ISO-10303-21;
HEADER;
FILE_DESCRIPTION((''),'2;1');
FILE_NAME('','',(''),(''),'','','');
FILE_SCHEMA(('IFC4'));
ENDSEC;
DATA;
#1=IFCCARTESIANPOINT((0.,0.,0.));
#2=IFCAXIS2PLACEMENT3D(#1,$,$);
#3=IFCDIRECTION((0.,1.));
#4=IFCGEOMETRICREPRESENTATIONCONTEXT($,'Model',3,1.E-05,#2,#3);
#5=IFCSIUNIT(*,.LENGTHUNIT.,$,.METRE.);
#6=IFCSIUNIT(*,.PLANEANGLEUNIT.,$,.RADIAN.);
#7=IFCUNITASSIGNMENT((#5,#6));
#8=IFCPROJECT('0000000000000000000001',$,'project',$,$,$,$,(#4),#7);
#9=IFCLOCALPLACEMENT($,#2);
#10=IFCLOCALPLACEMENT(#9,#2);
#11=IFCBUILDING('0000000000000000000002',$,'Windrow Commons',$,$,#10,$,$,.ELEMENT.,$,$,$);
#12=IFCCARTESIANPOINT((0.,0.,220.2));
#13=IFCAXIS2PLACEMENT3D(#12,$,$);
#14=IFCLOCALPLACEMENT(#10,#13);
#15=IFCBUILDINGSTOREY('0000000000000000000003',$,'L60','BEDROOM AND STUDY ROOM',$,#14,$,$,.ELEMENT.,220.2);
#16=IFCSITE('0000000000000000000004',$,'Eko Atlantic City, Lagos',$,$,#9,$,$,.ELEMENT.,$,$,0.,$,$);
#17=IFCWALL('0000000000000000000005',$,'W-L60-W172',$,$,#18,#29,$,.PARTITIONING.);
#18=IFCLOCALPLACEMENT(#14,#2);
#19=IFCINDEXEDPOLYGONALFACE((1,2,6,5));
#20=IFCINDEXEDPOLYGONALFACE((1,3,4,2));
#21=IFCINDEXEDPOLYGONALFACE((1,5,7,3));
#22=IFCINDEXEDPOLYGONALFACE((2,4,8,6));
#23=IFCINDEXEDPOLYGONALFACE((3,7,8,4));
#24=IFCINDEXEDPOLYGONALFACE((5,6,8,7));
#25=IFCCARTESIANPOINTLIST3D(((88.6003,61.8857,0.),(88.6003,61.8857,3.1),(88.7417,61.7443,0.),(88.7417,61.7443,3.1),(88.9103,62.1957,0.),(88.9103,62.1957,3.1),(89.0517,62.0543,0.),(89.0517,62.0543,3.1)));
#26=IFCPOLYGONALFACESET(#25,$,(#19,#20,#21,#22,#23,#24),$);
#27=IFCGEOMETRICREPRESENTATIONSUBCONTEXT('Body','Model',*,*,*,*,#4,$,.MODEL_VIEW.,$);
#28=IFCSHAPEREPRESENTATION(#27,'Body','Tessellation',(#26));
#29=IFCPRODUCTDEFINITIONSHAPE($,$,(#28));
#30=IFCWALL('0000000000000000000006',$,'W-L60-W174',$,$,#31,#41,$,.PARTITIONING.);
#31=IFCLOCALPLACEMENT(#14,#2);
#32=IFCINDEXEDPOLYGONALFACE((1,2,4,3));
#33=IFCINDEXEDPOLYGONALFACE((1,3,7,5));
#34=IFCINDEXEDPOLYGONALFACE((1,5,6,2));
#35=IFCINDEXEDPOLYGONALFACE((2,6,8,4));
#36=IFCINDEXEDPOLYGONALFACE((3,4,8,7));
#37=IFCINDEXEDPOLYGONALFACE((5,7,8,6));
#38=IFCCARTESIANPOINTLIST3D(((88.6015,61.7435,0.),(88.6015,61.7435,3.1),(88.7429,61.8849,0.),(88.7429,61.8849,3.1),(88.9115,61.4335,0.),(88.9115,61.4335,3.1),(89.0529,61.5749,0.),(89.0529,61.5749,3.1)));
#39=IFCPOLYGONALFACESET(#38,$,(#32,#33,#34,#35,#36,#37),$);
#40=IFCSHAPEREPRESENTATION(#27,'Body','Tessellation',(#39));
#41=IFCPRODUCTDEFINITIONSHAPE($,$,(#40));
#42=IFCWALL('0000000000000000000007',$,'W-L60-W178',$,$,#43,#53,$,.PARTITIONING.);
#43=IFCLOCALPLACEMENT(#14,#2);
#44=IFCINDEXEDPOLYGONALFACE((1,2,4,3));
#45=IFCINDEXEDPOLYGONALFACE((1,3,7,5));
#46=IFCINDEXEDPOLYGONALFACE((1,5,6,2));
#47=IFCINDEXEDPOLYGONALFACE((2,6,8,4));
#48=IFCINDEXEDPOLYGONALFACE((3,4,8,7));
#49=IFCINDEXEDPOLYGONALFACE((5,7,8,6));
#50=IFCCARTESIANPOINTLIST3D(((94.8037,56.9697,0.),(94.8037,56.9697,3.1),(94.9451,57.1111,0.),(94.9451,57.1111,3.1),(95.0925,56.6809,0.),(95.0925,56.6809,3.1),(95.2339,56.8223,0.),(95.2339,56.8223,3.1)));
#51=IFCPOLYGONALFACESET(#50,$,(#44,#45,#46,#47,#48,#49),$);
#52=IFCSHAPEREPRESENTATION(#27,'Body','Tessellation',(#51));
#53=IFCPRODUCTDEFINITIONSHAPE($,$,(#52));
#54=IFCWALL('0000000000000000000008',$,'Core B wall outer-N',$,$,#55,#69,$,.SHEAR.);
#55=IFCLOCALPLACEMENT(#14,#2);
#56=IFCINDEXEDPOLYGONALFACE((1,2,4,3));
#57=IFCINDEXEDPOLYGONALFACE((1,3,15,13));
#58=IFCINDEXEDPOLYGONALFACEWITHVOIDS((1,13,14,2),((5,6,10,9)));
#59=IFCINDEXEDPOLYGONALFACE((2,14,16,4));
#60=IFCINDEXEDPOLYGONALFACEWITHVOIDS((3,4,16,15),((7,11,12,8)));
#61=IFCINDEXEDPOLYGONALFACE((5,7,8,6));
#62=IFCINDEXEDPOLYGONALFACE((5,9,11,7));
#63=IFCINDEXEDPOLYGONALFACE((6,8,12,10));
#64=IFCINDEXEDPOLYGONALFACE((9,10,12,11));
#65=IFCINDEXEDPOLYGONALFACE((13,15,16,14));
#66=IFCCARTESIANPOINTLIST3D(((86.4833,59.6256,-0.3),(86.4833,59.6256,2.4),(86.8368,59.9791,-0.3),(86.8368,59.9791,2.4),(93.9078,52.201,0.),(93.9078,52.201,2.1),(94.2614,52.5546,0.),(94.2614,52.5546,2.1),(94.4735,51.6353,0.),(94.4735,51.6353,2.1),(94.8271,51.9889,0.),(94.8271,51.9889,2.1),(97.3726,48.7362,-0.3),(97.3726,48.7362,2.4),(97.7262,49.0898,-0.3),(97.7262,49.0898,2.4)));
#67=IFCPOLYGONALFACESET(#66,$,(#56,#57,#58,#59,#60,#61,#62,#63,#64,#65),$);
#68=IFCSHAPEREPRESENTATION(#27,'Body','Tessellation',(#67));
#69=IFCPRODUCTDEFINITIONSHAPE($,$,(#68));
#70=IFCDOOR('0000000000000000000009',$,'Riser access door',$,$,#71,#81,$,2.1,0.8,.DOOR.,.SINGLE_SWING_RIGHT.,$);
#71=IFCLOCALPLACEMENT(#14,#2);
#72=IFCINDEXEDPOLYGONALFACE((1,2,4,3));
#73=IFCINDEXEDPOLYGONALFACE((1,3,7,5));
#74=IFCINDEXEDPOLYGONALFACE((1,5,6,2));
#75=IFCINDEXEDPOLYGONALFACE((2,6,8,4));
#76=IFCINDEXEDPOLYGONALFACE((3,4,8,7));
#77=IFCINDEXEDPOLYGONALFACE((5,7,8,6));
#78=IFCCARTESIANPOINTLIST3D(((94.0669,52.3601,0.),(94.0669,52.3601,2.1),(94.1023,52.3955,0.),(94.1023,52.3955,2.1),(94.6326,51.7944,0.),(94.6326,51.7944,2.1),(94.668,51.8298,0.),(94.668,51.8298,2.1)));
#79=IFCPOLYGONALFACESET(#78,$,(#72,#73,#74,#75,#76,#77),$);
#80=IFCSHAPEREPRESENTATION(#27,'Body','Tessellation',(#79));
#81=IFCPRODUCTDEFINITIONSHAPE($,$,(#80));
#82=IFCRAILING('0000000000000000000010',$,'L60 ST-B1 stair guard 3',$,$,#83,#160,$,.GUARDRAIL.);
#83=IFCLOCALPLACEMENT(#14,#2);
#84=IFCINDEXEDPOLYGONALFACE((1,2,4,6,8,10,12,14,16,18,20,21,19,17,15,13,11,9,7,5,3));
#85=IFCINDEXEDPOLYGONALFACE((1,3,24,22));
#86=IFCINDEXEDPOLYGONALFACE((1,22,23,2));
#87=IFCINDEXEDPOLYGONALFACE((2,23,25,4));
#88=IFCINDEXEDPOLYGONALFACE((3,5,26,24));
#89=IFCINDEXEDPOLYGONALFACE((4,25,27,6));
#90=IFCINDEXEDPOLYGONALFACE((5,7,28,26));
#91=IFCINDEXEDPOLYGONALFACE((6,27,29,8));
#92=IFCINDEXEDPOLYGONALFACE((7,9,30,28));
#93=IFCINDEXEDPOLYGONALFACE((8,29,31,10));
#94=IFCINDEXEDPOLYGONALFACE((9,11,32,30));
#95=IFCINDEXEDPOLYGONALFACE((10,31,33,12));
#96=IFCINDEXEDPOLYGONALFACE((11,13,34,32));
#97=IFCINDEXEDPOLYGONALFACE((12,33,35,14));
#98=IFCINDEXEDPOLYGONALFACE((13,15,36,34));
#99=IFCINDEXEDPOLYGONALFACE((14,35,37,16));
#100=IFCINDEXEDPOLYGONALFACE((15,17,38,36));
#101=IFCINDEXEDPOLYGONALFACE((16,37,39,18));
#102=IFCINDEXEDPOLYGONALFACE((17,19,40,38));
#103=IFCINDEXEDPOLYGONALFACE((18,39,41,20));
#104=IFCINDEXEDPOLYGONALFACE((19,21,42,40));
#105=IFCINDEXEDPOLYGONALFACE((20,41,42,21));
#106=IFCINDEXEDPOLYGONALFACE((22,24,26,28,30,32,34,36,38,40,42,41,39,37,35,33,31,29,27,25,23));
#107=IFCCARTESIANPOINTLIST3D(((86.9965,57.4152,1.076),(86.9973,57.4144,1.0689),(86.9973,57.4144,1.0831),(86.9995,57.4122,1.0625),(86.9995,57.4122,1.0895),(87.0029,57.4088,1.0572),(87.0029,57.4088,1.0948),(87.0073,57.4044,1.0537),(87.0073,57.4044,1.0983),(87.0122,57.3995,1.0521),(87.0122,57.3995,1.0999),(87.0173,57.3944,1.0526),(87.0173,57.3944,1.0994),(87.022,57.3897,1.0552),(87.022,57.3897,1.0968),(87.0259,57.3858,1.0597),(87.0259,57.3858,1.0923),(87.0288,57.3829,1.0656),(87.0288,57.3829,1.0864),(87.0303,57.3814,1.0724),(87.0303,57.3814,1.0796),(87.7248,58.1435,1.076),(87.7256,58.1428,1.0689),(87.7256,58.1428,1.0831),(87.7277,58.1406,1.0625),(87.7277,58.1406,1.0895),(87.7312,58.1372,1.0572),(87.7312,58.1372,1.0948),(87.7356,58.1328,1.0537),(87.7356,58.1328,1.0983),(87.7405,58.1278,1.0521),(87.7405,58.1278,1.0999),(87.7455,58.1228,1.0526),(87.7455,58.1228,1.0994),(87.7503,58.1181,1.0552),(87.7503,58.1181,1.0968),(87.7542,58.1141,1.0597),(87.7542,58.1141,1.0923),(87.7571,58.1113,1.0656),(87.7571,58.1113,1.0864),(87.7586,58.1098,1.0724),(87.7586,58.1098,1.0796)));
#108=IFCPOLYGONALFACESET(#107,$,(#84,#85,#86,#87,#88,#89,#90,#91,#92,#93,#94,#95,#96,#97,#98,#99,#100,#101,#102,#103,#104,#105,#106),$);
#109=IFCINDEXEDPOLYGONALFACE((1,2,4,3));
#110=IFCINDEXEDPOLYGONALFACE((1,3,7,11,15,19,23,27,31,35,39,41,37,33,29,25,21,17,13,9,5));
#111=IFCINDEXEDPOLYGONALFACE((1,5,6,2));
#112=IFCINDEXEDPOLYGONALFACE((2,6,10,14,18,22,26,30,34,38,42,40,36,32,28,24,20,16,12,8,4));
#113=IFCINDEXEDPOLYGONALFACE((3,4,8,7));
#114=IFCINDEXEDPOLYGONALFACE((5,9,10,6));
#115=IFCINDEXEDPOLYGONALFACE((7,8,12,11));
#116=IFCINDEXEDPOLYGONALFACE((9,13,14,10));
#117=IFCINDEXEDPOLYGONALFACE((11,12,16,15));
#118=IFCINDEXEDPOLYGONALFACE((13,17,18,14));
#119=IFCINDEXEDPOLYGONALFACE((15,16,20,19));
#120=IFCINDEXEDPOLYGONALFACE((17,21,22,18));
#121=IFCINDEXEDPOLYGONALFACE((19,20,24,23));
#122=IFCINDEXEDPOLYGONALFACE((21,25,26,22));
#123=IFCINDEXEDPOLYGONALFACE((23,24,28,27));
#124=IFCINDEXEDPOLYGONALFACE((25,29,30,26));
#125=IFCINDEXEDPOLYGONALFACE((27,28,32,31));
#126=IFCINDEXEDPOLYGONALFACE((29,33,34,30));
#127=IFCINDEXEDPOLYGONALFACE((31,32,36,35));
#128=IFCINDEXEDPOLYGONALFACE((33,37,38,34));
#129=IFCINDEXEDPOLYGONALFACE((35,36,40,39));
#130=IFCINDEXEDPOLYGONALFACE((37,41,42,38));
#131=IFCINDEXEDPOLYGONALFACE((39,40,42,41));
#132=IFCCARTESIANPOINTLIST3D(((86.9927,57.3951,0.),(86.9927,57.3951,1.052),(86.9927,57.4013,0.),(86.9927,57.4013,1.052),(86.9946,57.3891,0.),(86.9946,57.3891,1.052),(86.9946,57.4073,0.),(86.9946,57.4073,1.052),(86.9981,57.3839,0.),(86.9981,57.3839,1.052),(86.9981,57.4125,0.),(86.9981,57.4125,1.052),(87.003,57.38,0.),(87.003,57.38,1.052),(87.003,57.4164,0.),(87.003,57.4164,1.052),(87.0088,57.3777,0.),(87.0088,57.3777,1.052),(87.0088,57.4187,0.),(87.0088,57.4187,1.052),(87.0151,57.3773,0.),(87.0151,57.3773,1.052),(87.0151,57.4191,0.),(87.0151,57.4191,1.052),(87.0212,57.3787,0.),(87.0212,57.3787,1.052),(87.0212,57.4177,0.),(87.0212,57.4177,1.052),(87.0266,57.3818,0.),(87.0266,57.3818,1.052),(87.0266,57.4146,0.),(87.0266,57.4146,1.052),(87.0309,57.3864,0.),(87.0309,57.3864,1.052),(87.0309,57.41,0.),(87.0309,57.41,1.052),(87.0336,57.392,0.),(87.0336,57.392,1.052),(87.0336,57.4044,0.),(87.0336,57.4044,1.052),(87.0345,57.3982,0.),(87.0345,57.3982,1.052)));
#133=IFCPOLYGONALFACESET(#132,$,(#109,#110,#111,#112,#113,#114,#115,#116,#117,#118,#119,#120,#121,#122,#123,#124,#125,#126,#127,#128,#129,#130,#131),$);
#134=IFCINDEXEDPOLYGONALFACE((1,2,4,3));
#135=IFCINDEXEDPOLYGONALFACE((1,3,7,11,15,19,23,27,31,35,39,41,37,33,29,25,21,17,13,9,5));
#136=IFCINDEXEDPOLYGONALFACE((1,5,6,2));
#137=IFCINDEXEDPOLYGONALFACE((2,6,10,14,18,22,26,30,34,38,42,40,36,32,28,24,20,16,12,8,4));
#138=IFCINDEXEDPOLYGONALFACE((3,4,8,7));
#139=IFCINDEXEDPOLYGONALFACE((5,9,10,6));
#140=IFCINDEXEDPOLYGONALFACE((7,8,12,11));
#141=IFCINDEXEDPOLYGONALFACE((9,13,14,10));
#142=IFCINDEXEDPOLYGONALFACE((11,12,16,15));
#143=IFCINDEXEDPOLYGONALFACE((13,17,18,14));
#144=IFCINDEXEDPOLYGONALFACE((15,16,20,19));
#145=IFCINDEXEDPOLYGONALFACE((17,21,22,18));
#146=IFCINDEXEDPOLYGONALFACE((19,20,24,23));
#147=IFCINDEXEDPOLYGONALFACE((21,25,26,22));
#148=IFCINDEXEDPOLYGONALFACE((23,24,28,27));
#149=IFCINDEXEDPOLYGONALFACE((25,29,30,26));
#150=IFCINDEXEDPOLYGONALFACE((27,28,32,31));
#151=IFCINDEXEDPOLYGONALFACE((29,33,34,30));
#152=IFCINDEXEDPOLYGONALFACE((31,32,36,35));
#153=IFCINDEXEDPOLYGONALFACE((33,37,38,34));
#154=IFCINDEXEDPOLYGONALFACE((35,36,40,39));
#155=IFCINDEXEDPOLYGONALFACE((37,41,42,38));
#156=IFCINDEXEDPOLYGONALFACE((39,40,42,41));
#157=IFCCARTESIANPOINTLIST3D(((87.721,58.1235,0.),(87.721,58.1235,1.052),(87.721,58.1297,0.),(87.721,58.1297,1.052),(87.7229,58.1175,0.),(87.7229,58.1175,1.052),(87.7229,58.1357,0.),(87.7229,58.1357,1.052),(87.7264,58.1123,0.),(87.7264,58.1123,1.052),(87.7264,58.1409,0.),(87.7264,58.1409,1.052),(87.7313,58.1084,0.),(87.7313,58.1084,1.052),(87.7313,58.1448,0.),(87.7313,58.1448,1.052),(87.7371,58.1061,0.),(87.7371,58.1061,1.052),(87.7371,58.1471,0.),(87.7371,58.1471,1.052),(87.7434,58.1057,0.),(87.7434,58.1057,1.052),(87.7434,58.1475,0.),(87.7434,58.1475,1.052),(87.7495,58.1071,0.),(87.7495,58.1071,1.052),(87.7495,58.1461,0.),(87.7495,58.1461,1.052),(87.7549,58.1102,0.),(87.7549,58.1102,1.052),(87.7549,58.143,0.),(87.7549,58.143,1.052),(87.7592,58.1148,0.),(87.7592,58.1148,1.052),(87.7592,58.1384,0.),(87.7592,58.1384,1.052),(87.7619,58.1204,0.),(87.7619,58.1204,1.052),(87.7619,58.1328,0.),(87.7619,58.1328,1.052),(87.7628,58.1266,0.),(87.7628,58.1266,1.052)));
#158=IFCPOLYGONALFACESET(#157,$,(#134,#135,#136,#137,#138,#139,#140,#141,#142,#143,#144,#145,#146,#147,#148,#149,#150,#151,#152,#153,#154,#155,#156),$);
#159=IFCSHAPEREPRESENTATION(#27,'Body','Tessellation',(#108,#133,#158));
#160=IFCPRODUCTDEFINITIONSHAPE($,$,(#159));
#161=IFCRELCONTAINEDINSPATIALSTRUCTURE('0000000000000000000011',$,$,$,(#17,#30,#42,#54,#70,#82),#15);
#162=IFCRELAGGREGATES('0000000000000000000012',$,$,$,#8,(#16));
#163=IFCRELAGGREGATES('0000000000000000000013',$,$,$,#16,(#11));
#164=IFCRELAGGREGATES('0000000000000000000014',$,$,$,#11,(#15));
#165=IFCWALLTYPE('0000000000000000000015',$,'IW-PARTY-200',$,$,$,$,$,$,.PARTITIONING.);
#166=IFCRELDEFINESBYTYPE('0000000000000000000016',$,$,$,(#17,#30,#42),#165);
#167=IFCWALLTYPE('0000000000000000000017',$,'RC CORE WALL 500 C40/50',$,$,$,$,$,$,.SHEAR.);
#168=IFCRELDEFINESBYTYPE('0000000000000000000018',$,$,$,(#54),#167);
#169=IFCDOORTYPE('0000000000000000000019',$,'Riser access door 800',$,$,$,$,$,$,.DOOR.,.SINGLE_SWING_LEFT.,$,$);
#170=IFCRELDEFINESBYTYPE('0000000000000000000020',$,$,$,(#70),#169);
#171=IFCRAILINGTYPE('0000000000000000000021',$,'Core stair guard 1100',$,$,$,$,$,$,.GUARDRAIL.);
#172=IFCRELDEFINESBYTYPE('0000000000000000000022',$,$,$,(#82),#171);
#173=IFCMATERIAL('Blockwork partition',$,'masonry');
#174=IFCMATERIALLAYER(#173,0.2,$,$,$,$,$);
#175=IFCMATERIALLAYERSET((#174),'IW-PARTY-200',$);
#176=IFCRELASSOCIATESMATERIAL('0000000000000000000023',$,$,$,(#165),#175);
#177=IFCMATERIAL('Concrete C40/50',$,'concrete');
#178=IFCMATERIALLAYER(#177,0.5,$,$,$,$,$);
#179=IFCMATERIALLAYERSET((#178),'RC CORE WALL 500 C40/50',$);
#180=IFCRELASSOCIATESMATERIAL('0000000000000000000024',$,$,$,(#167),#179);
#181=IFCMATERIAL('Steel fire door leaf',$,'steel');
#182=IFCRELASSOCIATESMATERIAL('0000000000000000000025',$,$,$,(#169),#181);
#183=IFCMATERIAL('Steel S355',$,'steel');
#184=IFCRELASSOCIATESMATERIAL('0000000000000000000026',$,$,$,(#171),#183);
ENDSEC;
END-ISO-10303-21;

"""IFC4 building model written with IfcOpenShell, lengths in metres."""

from ifc_helpers import new_model, si_unit, direction, frame, frame_2d, origin, origin_2d, place, context, subcontext, project, spatial, rectangle, circle, extrude, material, layer, layer_set, type_object, element, fill, save


model = new_model("IFC4")

# Units and contexts
model_context = context("Model", 3, precision=1e-05, world=origin(), true_north=direction((0.0, 1.0)))
body_context = subcontext(model_context, "Body", "Model", "MODEL_VIEW")
ifc_project = project(units=[si_unit("LENGTHUNIT", "METRE"), si_unit("PLANEANGLEUNIT", "RADIAN")], contexts=[model_context])

# Site, building, storey
site_placement = place(None, origin())
site = spatial("IfcSite", under=ifc_project, at=site_placement, Name="Eko Atlantic City, Lagos", CompositionType="ELEMENT", RefElevation=0.0)
building_placement = place(site_placement, origin())
building = spatial("IfcBuilding", under=site, at=building_placement, Name="Windrow Commons", CompositionType="ELEMENT")
storey_placement = place(building_placement, frame((0.0, 0.0, 220.2)))
storey = spatial("IfcBuildingStorey", under=building, at=storey_placement, Name="L60", Description="BEDROOM AND STUDY ROOM", CompositionType="ELEMENT", Elevation=220.2)

# Walls
ifc_material_1 = material(Name="Blockwork partition", Category="masonry")
ifc_layer_1 = layer(ifc_material_1, 0.2)
ifc_layer_set_1 = layer_set([ifc_layer_1], Name="IW-PARTY-200")
wall_type_1 = type_object("IfcWallType", Name="IW-PARTY-200", PredefinedType="PARTITIONING", material=ifc_layer_set_1)
for number, where, z_axis, x_axis, name in (
    (1, (88.671, 61.815, 0.0), (0.0, 0.0, 1.0), (0.707107, 0.707107, 0.0), "W-L60-W172"),
    (2, (88.6722, 61.8142, 0.0), (0.0, 0.0, 1.0), (0.707107, -0.707107, 0.0), "W-L60-W174"),
):
    element("IfcWall", number, at=place(storey_placement, frame(where, z_axis=z_axis, x_axis=x_axis)), inside=storey, type_object=wall_type_1, Name=name, PredefinedType="PARTITIONING", context=body_context, shape_type="SweptSolid", body=[
        extrude(rectangle(XDim=0.4384, YDim=0.2, at=frame_2d((0.2192, 0.0))), origin(), (0.0, 0.0, 1.0), 3.1),
    ])
wall_1_placement = place(storey_placement, frame((94.8744, 57.0404, 0.0), z_axis=(0.0, 0.0, 1.0), x_axis=(0.707107, -0.707107, 0.0)))
element("IfcWall", 3, at=wall_1_placement, inside=storey, type_object=wall_type_1, Name="W-L60-W178", PredefinedType="PARTITIONING", context=body_context, shape_type="SweptSolid", body=[
    extrude(rectangle(XDim=0.4084, YDim=0.2, at=frame_2d((0.2042, 0.0))), origin(), (0.0, 0.0, 1.0), 3.1),
])

# Wall, opening, door
ifc_material_2 = material(Name="Concrete C40/50", Category="concrete")
ifc_layer_2 = layer(ifc_material_2, 0.5)
ifc_layer_set_2 = layer_set([ifc_layer_2], Name="RC CORE WALL 500 C40/50")
wall_type_2 = type_object("IfcWallType", Name="RC CORE WALL 500 C40/50", PredefinedType="SHEAR", material=ifc_layer_set_2)
wall_2_placement = place(storey_placement, frame((86.66, 59.8024, -0.3), z_axis=(0.0, 0.0, 1.0), x_axis=(0.707107, -0.707107, 0.0)))
wall_2 = element("IfcWall", 4, at=wall_2_placement, inside=storey, type_object=wall_type_2, Name="Core B wall outer-N", PredefinedType="SHEAR", context=body_context, shape_type="SweptSolid", body=[
    extrude(rectangle(XDim=15.3999, YDim=0.5, at=frame_2d((7.7, 0.0))), origin(), (0.0, 0.0, 1.0), 2.7),
])
opening_1_placement = place(wall_2_placement, frame((10.5, 0.0, 0.3)))
opening_1 = element("IfcOpeningElement", 5, at=opening_1_placement, cuts=wall_2, PredefinedType="OPENING", context=body_context, shape_type="SweptSolid", body=[
    extrude(rectangle(XDim=0.8, YDim=2.1, at=frame_2d((0.4, 1.05))), frame((0.0, 0.26, 0.0), z_axis=(0.0, -1.0, 0.0), x_axis=(1.0, 0.0, 0.0)), (0.0, 0.0, 1.0), 0.52),
])
ifc_material_3 = material(Name="Steel fire door leaf", Category="steel")
door_type_1 = type_object("IfcDoorType", Name="Riser access door 800", OperationType="SINGLE_SWING_LEFT", PredefinedType="DOOR", material=ifc_material_3)
door_1_placement = place(opening_1_placement, origin())
door_1 = element("IfcDoor", 6, at=door_1_placement, inside=storey, type_object=door_type_1, Name="Riser access door", OperationType="SINGLE_SWING_RIGHT", OverallHeight=2.1, OverallWidth=0.8, PredefinedType="DOOR", context=body_context, shape_type="SweptSolid", body=[
    extrude(rectangle(XDim=0.8, YDim=2.1, at=frame_2d((0.4, 1.05))), frame((0.0, 0.025, 0.0), z_axis=(0.0, -1.0, 0.0), x_axis=(1.0, 0.0, 0.0)), (0.0, 0.0, 1.0), 0.05),
])
fill(opening_1, door_1)

# Railing
ifc_material_4 = material(Name="Steel S355", Category="steel")
railing_type = type_object("IfcRailingType", Name="Core stair guard 1100", PredefinedType="GUARDRAIL", material=ifc_material_4)
railing_placement = place(storey_placement, frame((87.0135, 57.3982, 0.0)))
element("IfcRailing", 7, at=railing_placement, inside=storey, type_object=railing_type, Name="L60 ST-B1 stair guard 3", PredefinedType="GUARDRAIL", context=body_context, shape_type="SweptSolid", body=[
    extrude(circle(Radius=0.024, at=origin_2d()), frame((0.0, 0.0, 1.076), z_axis=(0.707058, 0.707155, 0.0), x_axis=(-0.707155, 0.707058, 0.0)), (0.0, 0.0, 1.0), 1.03),
    extrude(circle(Radius=0.021, at=origin_2d()), origin(), (0.0, 0.0, 1.0), 1.052),
    extrude(circle(Radius=0.021, at=origin_2d()), frame((0.7283, 0.7284, 0.0)), (0.0, 0.0, 1.0), 1.052),
])

save(model, "model.ifc")
